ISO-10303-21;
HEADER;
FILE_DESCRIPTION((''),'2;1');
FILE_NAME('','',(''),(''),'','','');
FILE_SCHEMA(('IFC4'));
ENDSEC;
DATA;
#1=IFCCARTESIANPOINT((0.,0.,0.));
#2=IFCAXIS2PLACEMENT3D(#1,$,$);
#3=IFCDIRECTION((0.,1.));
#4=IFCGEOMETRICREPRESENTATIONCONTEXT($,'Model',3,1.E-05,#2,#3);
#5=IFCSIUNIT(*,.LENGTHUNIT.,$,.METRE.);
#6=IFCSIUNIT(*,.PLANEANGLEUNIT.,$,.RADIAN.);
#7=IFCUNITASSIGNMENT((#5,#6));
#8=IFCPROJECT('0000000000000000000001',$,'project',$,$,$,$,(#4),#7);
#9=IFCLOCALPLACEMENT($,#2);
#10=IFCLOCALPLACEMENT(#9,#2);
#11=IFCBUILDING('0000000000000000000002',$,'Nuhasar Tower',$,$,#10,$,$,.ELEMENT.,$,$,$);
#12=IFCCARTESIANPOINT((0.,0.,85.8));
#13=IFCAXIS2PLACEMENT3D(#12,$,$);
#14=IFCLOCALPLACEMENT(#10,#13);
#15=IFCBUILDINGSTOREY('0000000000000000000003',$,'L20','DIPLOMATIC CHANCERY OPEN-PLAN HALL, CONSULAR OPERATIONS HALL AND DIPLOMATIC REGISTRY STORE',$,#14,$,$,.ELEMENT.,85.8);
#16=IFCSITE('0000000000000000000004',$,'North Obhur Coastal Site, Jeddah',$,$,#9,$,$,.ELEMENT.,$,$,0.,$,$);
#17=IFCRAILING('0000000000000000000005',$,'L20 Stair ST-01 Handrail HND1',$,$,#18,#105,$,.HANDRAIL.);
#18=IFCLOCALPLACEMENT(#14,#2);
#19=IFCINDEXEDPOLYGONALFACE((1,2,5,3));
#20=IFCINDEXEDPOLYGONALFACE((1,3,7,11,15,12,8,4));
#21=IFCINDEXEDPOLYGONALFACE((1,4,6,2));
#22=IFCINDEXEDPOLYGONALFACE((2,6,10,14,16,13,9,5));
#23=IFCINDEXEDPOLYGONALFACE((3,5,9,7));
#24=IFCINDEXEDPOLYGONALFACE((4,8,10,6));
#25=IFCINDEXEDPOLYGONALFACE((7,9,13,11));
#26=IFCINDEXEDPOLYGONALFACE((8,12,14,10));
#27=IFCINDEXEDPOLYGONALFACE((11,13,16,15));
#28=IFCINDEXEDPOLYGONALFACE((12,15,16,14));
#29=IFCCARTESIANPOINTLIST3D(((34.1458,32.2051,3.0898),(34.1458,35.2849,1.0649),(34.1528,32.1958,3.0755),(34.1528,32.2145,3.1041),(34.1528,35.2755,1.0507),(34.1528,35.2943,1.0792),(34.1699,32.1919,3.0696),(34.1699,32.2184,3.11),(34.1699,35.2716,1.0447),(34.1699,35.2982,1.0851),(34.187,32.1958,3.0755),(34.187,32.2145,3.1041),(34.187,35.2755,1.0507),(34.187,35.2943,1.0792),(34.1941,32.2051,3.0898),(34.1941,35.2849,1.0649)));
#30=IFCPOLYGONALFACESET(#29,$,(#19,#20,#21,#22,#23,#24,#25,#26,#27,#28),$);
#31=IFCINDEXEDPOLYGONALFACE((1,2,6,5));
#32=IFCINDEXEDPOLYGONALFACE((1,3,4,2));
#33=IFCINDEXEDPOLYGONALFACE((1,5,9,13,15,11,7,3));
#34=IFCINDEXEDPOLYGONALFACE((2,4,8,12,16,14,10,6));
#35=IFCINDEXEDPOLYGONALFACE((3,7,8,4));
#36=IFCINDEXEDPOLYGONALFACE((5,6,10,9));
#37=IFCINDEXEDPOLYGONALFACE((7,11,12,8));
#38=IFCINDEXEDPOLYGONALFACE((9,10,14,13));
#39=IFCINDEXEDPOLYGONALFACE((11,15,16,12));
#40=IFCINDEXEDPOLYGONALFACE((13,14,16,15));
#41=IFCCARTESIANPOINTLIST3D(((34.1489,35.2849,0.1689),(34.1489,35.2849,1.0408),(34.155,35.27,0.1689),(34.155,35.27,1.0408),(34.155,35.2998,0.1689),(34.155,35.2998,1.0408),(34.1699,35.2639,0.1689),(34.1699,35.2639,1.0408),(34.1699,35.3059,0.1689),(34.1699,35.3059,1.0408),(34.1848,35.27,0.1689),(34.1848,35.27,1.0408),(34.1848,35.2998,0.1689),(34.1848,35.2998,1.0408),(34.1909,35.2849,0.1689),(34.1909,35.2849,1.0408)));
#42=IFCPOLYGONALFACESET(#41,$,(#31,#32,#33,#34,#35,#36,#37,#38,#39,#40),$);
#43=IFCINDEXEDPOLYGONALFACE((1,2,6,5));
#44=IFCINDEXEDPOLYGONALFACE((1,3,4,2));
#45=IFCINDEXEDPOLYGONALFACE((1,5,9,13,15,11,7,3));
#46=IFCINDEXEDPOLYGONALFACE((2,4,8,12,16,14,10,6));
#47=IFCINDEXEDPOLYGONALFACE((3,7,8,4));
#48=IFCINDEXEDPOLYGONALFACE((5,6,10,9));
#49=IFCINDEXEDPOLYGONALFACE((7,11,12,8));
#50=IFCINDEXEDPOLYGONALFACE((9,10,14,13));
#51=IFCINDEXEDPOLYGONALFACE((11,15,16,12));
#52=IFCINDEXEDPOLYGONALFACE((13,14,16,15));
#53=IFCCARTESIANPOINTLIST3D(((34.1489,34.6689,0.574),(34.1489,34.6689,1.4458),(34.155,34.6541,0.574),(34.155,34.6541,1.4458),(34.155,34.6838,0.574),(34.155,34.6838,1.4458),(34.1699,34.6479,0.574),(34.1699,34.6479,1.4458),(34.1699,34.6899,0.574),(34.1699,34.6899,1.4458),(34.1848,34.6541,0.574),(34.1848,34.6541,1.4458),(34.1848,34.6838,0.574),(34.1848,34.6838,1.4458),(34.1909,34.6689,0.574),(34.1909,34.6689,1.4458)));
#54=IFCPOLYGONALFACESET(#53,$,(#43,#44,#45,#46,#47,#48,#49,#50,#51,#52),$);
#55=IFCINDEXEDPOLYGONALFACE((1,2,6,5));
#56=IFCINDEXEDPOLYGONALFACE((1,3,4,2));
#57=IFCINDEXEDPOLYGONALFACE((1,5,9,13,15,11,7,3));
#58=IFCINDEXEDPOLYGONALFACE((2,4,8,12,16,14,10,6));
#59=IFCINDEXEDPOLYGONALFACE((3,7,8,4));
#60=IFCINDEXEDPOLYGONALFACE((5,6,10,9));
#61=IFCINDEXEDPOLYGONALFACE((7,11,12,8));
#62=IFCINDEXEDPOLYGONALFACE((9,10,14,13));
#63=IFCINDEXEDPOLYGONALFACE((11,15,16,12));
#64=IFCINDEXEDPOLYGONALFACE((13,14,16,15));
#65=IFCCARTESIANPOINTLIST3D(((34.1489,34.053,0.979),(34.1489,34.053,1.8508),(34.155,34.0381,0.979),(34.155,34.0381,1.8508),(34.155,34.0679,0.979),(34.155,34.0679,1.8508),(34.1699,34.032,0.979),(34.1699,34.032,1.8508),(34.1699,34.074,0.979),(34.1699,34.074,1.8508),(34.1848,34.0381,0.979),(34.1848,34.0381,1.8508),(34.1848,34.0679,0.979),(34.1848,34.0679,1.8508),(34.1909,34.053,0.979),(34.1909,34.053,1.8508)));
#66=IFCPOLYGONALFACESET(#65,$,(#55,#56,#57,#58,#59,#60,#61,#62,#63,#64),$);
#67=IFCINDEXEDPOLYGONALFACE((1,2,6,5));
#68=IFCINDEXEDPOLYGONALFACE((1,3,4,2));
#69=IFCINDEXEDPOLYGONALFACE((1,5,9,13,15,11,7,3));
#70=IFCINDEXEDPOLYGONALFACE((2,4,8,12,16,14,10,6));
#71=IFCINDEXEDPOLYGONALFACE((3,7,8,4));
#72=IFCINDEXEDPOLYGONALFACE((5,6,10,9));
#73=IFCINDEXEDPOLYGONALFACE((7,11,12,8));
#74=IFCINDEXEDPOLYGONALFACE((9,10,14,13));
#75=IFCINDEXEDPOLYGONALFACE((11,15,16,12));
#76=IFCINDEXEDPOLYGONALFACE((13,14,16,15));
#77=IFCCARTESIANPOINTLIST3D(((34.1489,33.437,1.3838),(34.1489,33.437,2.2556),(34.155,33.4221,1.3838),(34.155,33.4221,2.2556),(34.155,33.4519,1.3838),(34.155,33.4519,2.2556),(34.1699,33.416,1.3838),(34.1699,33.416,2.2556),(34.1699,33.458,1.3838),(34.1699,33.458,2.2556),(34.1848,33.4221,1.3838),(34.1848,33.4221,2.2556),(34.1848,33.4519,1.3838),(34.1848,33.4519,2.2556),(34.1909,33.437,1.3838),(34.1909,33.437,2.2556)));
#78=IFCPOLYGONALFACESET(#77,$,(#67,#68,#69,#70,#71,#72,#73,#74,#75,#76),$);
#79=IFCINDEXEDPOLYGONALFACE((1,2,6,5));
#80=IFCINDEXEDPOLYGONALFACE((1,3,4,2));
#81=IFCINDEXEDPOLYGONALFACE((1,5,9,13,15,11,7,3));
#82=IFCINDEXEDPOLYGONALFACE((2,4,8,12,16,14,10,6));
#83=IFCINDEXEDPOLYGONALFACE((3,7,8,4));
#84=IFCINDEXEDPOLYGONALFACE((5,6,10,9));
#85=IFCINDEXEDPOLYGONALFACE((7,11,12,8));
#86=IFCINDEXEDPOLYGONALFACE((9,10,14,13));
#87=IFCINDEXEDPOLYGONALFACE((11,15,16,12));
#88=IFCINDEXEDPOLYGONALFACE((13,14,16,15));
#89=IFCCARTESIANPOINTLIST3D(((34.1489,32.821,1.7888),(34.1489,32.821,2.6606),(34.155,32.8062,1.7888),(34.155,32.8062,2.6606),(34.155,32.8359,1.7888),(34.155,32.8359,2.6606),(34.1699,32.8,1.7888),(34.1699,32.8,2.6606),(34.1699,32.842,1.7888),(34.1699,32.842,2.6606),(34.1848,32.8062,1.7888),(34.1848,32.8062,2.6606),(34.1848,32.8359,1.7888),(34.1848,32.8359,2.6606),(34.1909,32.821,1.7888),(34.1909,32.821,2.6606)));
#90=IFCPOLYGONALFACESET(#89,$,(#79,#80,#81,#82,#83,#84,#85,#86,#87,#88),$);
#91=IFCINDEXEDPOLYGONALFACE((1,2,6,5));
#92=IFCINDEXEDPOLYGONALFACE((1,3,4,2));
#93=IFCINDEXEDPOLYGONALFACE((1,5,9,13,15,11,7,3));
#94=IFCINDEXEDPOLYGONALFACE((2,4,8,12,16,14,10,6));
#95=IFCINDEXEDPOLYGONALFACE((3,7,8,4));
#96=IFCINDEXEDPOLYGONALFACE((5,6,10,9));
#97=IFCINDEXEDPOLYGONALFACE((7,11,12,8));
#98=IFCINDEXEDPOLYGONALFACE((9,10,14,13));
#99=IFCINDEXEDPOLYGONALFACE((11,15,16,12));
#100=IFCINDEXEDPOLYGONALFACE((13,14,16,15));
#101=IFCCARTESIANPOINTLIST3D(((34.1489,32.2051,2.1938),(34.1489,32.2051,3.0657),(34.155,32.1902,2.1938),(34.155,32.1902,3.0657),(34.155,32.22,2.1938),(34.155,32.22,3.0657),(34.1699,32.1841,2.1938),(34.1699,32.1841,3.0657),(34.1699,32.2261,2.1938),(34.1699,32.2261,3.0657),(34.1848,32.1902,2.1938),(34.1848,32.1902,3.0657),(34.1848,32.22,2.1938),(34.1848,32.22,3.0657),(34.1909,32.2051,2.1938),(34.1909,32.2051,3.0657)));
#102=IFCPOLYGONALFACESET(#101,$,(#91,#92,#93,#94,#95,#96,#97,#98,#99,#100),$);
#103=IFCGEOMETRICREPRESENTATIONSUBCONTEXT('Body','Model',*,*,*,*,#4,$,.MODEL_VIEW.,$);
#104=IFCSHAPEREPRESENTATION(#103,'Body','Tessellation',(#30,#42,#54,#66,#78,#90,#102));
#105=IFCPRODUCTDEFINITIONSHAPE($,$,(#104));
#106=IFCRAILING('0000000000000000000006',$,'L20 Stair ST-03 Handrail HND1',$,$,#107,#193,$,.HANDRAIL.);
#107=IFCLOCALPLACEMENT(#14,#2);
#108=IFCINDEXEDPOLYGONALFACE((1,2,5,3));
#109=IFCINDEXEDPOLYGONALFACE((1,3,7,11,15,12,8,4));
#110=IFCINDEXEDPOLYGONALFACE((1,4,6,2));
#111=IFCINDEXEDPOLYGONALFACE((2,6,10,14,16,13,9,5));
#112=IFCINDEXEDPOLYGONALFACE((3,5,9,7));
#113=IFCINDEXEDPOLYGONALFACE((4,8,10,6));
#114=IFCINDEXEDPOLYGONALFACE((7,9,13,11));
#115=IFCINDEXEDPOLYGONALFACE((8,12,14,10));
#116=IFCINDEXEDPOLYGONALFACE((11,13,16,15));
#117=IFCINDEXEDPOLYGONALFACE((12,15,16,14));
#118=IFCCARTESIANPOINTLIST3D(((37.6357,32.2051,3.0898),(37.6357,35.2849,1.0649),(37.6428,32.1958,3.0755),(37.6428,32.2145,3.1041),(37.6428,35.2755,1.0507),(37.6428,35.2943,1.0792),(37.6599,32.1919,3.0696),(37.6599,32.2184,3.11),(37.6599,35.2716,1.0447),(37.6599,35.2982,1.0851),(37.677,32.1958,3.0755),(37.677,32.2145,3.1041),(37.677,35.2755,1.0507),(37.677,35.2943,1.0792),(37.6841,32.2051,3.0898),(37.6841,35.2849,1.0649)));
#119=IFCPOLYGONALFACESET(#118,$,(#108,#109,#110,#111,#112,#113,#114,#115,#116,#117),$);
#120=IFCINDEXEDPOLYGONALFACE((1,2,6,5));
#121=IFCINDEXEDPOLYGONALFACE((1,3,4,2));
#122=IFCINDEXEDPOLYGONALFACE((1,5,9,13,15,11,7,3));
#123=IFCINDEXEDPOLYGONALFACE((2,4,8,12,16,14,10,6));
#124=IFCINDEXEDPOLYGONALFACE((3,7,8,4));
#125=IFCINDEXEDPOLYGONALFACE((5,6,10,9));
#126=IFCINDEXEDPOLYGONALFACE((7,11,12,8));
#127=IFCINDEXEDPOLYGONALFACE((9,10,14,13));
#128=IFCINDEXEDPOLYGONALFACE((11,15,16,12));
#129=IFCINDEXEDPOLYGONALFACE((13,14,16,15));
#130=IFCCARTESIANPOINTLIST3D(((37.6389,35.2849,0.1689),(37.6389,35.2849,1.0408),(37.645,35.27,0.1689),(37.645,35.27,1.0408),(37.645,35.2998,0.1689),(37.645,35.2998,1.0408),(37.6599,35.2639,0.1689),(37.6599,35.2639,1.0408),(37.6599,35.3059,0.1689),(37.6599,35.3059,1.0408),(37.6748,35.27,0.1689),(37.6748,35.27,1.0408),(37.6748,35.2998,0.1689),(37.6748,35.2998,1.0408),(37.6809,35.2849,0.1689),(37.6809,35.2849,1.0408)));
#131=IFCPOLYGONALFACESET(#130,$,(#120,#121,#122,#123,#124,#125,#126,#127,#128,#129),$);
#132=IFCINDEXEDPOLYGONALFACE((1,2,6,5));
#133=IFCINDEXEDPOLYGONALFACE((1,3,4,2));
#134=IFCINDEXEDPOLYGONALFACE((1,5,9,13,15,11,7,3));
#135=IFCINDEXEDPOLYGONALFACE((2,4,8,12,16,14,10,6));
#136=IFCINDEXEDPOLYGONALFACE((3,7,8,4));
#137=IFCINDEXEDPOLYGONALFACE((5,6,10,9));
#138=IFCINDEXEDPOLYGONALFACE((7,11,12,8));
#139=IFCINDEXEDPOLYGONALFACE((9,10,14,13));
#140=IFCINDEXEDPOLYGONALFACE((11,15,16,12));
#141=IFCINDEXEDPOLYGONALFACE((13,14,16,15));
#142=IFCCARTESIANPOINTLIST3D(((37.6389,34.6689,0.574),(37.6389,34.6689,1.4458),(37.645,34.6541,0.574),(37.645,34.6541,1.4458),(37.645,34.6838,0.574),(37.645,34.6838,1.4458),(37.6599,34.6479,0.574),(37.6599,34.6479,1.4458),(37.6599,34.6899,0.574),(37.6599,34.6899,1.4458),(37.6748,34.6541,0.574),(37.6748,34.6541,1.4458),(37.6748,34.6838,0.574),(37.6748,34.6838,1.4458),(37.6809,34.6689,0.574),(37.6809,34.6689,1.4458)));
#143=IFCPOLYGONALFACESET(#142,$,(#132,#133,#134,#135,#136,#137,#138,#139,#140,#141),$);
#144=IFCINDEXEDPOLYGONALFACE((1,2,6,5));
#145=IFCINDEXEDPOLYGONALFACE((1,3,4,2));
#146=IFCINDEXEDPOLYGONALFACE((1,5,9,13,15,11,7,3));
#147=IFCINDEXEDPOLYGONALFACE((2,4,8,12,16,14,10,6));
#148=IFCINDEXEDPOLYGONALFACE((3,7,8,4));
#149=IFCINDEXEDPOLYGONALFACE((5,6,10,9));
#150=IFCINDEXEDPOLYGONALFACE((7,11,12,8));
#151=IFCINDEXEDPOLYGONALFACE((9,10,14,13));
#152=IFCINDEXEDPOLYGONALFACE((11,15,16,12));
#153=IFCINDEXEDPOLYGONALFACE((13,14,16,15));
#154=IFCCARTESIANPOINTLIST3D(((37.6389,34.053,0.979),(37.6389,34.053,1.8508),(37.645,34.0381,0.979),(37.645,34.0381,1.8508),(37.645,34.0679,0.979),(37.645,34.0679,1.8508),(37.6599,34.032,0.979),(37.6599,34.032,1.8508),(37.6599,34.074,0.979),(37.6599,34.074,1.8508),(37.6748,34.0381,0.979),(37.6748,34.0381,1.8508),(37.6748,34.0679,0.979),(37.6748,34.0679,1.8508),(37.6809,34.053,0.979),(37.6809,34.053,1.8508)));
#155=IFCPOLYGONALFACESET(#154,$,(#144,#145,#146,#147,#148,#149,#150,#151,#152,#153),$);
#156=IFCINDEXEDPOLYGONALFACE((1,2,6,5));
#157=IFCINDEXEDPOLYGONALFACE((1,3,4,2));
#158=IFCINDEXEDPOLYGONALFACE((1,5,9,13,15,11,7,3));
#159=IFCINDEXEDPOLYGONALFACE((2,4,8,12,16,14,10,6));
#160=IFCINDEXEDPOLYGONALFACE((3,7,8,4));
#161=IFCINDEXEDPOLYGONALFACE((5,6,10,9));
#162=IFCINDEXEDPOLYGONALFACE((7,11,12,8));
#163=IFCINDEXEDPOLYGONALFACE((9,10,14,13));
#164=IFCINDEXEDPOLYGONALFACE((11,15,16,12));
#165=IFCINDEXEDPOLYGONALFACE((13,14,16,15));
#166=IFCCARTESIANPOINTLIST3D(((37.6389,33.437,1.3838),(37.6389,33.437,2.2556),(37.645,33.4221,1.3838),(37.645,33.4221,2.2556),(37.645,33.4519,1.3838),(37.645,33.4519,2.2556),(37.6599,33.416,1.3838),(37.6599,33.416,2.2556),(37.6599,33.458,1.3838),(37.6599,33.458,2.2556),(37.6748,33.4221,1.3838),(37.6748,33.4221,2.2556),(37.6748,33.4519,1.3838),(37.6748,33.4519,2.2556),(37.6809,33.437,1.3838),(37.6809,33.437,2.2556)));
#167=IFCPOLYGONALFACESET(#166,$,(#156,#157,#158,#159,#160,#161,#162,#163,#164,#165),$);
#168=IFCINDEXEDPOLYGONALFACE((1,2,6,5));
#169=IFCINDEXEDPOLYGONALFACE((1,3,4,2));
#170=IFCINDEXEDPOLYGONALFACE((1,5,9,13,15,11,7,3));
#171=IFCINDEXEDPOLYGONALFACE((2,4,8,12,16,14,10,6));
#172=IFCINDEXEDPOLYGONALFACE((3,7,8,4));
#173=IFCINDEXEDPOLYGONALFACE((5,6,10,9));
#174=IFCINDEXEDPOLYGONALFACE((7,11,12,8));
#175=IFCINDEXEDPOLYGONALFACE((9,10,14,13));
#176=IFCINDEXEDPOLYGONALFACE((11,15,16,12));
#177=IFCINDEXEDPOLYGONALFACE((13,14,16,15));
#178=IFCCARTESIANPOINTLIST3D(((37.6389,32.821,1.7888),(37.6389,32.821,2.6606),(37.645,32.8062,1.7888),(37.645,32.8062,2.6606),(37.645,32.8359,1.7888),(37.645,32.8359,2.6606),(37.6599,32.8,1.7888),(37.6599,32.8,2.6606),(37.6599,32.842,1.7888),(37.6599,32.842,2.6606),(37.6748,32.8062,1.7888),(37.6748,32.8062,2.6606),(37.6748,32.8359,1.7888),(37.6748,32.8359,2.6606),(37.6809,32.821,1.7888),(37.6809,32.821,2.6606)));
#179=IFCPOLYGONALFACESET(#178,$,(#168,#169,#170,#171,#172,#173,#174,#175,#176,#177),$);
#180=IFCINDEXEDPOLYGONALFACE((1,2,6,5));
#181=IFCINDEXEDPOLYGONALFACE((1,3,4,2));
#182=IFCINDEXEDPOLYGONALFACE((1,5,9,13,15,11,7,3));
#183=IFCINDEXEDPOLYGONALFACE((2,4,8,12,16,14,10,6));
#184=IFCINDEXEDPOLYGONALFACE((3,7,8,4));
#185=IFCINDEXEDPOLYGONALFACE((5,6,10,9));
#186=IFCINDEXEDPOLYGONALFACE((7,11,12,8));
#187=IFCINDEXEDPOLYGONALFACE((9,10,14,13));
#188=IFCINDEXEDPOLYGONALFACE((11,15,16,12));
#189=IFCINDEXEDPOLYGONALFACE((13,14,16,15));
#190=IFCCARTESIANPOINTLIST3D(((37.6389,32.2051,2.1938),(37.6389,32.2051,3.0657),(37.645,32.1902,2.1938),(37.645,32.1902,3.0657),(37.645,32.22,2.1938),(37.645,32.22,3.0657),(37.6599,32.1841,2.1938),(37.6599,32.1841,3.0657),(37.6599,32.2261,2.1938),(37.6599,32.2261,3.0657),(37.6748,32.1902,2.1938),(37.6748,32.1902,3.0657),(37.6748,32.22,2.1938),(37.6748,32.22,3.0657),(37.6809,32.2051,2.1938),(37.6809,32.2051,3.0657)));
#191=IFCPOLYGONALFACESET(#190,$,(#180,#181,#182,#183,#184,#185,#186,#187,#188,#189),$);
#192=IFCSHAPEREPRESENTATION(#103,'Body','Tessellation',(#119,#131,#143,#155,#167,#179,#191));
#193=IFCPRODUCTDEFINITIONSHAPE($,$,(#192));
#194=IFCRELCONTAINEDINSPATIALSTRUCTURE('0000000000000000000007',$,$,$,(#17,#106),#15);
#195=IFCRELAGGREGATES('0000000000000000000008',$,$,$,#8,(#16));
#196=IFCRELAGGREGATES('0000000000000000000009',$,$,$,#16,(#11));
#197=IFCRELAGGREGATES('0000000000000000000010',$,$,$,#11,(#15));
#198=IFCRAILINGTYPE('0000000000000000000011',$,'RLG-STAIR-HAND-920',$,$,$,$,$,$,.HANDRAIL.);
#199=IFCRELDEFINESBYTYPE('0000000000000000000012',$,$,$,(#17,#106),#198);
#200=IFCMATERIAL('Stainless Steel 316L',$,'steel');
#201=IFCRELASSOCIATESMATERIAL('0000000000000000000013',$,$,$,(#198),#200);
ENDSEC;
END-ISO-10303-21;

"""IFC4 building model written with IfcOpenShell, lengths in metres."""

from ifc_helpers import new_model, si_unit, direction, frame, origin, place, context, subcontext, project, spatial, polyline, outline, extrude, material, type_object, element, save


model = new_model("IFC4")

# Units and contexts
model_context = context("Model", 3, precision=1e-05, world=origin(), true_north=direction((0.0, 1.0)))
body_context = subcontext(model_context, "Body", "Model", "MODEL_VIEW")
ifc_project = project(units=[si_unit("LENGTHUNIT", "METRE"), si_unit("PLANEANGLEUNIT", "RADIAN")], contexts=[model_context])

# Site, building, storey
site_placement = place(None, origin())
site = spatial("IfcSite", under=ifc_project, at=site_placement, Name="North Obhur Coastal Site, Jeddah", CompositionType="ELEMENT", RefElevation=0.0)
building_placement = place(site_placement, origin())
building = spatial("IfcBuilding", under=site, at=building_placement, Name="Nuhasar Tower", CompositionType="ELEMENT")
storey_placement = place(building_placement, frame((0.0, 0.0, 85.8)))
storey = spatial("IfcBuildingStorey", under=building, at=storey_placement, Name="L20", Description="DIPLOMATIC CHANCERY OPEN-PLAN HALL, CONSULAR OPERATIONS HALL AND DIPLOMATIC REGISTRY STORE", CompositionType="ELEMENT", Elevation=85.8)

# Railings
ifc_material_1 = material(Name="Stainless Steel 316L", Category="steel")
railing_type_1 = type_object("IfcRailingType", Name="RLG-STAIR-HAND-920", PredefinedType="HANDRAIL", material=ifc_material_1)
railing_1_placement = place(storey_placement, frame((34.1699, 35.2849, 0.1689)))
element("IfcRailing", 1, at=railing_1_placement, inside=storey, type_object=railing_type_1, Name="L20 Stair ST-01 Handrail HND1", PredefinedType="HANDRAIL", context=body_context, shape_type="SweptSolid", body=[
    extrude(outline(polyline([(0.0242, 0.0), (0.0171, 0.0171), (0.0, 0.0242), (-0.0171, 0.0171), (-0.0242, 0.0), (-0.0171, -0.0171), (0.0, -0.0242), (0.0171, -0.0171), (0.0242, 0.0)])), frame((0.0, 0.0, 0.896), z_axis=(0.0, -0.83558, 0.54937), x_axis=(1.0, 0.0, 0.0)), (0.0, 0.0, 1.0), 3.6858),
    extrude(outline(polyline([(0.021, 0.0), (0.0149, 0.0149), (0.0, 0.021), (-0.0149, 0.0149), (-0.021, 0.0), (-0.0149, -0.0149), (0.0, -0.021), (0.0149, -0.0149), (0.021, 0.0)])), origin(), (0.0, 0.0, 1.0), 0.8718),
    extrude(outline(polyline([(0.021, 0.0), (0.0149, 0.0149), (0.0, 0.021), (-0.0149, 0.0149), (-0.021, 0.0), (-0.0149, -0.0149), (0.0, -0.021), (0.0149, -0.0149), (0.021, 0.0)])), frame((0.0, -0.616, 0.405)), (0.0, 0.0, 1.0), 0.8718),
    extrude(outline(polyline([(0.021, 0.0), (0.0149, 0.0149), (0.0, 0.021), (-0.0149, 0.0149), (-0.021, 0.0), (-0.0149, -0.0149), (0.0, -0.021), (0.0149, -0.0149), (0.021, 0.0)])), frame((0.0, -1.2319, 0.8101)), (0.0, 0.0, 1.0), 0.8718),
    extrude(outline(polyline([(0.021, 0.0), (0.0149, 0.0149), (0.0, 0.021), (-0.0149, 0.0149), (-0.021, 0.0), (-0.0149, -0.0149), (0.0, -0.021), (0.0149, -0.0149), (0.021, 0.0)])), frame((0.0, -1.8479, 1.2148)), (0.0, 0.0, 1.0), 0.8718),
    extrude(outline(polyline([(0.021, 0.0), (0.0149, 0.0149), (0.0, 0.021), (-0.0149, 0.0149), (-0.021, 0.0), (-0.0149, -0.0149), (0.0, -0.021), (0.0149, -0.0149), (0.021, 0.0)])), frame((0.0, -2.4639, 1.6199)), (0.0, 0.0, 1.0), 0.8718),
    extrude(outline(polyline([(0.021, 0.0), (0.0149, 0.0149), (0.0, 0.021), (-0.0149, 0.0149), (-0.021, 0.0), (-0.0149, -0.0149), (0.0, -0.021), (0.0149, -0.0149), (0.021, 0.0)])), frame((0.0, -3.0798, 2.0249)), (0.0, 0.0, 1.0), 0.8718),
])
railing_2_placement = place(storey_placement, frame((37.6599, 35.2849, 0.1689)))
element("IfcRailing", 2, at=railing_2_placement, inside=storey, type_object=railing_type_1, Name="L20 Stair ST-03 Handrail HND1", PredefinedType="HANDRAIL", context=body_context, shape_type="SweptSolid", body=[
    extrude(outline(polyline([(0.0242, 0.0), (0.0171, 0.0171), (0.0, 0.0242), (-0.0171, 0.0171), (-0.0242, 0.0), (-0.0171, -0.0171), (0.0, -0.0242), (0.0171, -0.0171), (0.0242, 0.0)])), frame((0.0, 0.0, 0.896), z_axis=(0.0, -0.83558, 0.54937), x_axis=(1.0, 0.0, 0.0)), (0.0, 0.0, 1.0), 3.6858),
    extrude(outline(polyline([(0.021, 0.0), (0.0149, 0.0149), (0.0, 0.021), (-0.0149, 0.0149), (-0.021, 0.0), (-0.0149, -0.0149), (0.0, -0.021), (0.0149, -0.0149), (0.021, 0.0)])), origin(), (0.0, 0.0, 1.0), 0.8718),
    extrude(outline(polyline([(0.021, 0.0), (0.0149, 0.0149), (0.0, 0.021), (-0.0149, 0.0149), (-0.021, 0.0), (-0.0149, -0.0149), (0.0, -0.021), (0.0149, -0.0149), (0.021, 0.0)])), frame((0.0, -0.616, 0.405)), (0.0, 0.0, 1.0), 0.8718),
    extrude(outline(polyline([(0.021, 0.0), (0.0149, 0.0149), (0.0, 0.021), (-0.0149, 0.0149), (-0.021, 0.0), (-0.0149, -0.0149), (0.0, -0.021), (0.0149, -0.0149), (0.021, 0.0)])), frame((0.0, -1.2319, 0.8101)), (0.0, 0.0, 1.0), 0.8718),
    extrude(outline(polyline([(0.021, 0.0), (0.0149, 0.0149), (0.0, 0.021), (-0.0149, 0.0149), (-0.021, 0.0), (-0.0149, -0.0149), (0.0, -0.021), (0.0149, -0.0149), (0.021, 0.0)])), frame((0.0, -1.8479, 1.2148)), (0.0, 0.0, 1.0), 0.8718),
    extrude(outline(polyline([(0.021, 0.0), (0.0149, 0.0149), (0.0, 0.021), (-0.0149, 0.0149), (-0.021, 0.0), (-0.0149, -0.0149), (0.0, -0.021), (0.0149, -0.0149), (0.021, 0.0)])), frame((0.0, -2.4639, 1.6199)), (0.0, 0.0, 1.0), 0.8718),
    extrude(outline(polyline([(0.021, 0.0), (0.0149, 0.0149), (0.0, 0.021), (-0.0149, 0.0149), (-0.021, 0.0), (-0.0149, -0.0149), (0.0, -0.021), (0.0149, -0.0149), (0.021, 0.0)])), frame((0.0, -3.0798, 2.0249)), (0.0, 0.0, 1.0), 0.8718),
])

save(model, "model.ifc")
